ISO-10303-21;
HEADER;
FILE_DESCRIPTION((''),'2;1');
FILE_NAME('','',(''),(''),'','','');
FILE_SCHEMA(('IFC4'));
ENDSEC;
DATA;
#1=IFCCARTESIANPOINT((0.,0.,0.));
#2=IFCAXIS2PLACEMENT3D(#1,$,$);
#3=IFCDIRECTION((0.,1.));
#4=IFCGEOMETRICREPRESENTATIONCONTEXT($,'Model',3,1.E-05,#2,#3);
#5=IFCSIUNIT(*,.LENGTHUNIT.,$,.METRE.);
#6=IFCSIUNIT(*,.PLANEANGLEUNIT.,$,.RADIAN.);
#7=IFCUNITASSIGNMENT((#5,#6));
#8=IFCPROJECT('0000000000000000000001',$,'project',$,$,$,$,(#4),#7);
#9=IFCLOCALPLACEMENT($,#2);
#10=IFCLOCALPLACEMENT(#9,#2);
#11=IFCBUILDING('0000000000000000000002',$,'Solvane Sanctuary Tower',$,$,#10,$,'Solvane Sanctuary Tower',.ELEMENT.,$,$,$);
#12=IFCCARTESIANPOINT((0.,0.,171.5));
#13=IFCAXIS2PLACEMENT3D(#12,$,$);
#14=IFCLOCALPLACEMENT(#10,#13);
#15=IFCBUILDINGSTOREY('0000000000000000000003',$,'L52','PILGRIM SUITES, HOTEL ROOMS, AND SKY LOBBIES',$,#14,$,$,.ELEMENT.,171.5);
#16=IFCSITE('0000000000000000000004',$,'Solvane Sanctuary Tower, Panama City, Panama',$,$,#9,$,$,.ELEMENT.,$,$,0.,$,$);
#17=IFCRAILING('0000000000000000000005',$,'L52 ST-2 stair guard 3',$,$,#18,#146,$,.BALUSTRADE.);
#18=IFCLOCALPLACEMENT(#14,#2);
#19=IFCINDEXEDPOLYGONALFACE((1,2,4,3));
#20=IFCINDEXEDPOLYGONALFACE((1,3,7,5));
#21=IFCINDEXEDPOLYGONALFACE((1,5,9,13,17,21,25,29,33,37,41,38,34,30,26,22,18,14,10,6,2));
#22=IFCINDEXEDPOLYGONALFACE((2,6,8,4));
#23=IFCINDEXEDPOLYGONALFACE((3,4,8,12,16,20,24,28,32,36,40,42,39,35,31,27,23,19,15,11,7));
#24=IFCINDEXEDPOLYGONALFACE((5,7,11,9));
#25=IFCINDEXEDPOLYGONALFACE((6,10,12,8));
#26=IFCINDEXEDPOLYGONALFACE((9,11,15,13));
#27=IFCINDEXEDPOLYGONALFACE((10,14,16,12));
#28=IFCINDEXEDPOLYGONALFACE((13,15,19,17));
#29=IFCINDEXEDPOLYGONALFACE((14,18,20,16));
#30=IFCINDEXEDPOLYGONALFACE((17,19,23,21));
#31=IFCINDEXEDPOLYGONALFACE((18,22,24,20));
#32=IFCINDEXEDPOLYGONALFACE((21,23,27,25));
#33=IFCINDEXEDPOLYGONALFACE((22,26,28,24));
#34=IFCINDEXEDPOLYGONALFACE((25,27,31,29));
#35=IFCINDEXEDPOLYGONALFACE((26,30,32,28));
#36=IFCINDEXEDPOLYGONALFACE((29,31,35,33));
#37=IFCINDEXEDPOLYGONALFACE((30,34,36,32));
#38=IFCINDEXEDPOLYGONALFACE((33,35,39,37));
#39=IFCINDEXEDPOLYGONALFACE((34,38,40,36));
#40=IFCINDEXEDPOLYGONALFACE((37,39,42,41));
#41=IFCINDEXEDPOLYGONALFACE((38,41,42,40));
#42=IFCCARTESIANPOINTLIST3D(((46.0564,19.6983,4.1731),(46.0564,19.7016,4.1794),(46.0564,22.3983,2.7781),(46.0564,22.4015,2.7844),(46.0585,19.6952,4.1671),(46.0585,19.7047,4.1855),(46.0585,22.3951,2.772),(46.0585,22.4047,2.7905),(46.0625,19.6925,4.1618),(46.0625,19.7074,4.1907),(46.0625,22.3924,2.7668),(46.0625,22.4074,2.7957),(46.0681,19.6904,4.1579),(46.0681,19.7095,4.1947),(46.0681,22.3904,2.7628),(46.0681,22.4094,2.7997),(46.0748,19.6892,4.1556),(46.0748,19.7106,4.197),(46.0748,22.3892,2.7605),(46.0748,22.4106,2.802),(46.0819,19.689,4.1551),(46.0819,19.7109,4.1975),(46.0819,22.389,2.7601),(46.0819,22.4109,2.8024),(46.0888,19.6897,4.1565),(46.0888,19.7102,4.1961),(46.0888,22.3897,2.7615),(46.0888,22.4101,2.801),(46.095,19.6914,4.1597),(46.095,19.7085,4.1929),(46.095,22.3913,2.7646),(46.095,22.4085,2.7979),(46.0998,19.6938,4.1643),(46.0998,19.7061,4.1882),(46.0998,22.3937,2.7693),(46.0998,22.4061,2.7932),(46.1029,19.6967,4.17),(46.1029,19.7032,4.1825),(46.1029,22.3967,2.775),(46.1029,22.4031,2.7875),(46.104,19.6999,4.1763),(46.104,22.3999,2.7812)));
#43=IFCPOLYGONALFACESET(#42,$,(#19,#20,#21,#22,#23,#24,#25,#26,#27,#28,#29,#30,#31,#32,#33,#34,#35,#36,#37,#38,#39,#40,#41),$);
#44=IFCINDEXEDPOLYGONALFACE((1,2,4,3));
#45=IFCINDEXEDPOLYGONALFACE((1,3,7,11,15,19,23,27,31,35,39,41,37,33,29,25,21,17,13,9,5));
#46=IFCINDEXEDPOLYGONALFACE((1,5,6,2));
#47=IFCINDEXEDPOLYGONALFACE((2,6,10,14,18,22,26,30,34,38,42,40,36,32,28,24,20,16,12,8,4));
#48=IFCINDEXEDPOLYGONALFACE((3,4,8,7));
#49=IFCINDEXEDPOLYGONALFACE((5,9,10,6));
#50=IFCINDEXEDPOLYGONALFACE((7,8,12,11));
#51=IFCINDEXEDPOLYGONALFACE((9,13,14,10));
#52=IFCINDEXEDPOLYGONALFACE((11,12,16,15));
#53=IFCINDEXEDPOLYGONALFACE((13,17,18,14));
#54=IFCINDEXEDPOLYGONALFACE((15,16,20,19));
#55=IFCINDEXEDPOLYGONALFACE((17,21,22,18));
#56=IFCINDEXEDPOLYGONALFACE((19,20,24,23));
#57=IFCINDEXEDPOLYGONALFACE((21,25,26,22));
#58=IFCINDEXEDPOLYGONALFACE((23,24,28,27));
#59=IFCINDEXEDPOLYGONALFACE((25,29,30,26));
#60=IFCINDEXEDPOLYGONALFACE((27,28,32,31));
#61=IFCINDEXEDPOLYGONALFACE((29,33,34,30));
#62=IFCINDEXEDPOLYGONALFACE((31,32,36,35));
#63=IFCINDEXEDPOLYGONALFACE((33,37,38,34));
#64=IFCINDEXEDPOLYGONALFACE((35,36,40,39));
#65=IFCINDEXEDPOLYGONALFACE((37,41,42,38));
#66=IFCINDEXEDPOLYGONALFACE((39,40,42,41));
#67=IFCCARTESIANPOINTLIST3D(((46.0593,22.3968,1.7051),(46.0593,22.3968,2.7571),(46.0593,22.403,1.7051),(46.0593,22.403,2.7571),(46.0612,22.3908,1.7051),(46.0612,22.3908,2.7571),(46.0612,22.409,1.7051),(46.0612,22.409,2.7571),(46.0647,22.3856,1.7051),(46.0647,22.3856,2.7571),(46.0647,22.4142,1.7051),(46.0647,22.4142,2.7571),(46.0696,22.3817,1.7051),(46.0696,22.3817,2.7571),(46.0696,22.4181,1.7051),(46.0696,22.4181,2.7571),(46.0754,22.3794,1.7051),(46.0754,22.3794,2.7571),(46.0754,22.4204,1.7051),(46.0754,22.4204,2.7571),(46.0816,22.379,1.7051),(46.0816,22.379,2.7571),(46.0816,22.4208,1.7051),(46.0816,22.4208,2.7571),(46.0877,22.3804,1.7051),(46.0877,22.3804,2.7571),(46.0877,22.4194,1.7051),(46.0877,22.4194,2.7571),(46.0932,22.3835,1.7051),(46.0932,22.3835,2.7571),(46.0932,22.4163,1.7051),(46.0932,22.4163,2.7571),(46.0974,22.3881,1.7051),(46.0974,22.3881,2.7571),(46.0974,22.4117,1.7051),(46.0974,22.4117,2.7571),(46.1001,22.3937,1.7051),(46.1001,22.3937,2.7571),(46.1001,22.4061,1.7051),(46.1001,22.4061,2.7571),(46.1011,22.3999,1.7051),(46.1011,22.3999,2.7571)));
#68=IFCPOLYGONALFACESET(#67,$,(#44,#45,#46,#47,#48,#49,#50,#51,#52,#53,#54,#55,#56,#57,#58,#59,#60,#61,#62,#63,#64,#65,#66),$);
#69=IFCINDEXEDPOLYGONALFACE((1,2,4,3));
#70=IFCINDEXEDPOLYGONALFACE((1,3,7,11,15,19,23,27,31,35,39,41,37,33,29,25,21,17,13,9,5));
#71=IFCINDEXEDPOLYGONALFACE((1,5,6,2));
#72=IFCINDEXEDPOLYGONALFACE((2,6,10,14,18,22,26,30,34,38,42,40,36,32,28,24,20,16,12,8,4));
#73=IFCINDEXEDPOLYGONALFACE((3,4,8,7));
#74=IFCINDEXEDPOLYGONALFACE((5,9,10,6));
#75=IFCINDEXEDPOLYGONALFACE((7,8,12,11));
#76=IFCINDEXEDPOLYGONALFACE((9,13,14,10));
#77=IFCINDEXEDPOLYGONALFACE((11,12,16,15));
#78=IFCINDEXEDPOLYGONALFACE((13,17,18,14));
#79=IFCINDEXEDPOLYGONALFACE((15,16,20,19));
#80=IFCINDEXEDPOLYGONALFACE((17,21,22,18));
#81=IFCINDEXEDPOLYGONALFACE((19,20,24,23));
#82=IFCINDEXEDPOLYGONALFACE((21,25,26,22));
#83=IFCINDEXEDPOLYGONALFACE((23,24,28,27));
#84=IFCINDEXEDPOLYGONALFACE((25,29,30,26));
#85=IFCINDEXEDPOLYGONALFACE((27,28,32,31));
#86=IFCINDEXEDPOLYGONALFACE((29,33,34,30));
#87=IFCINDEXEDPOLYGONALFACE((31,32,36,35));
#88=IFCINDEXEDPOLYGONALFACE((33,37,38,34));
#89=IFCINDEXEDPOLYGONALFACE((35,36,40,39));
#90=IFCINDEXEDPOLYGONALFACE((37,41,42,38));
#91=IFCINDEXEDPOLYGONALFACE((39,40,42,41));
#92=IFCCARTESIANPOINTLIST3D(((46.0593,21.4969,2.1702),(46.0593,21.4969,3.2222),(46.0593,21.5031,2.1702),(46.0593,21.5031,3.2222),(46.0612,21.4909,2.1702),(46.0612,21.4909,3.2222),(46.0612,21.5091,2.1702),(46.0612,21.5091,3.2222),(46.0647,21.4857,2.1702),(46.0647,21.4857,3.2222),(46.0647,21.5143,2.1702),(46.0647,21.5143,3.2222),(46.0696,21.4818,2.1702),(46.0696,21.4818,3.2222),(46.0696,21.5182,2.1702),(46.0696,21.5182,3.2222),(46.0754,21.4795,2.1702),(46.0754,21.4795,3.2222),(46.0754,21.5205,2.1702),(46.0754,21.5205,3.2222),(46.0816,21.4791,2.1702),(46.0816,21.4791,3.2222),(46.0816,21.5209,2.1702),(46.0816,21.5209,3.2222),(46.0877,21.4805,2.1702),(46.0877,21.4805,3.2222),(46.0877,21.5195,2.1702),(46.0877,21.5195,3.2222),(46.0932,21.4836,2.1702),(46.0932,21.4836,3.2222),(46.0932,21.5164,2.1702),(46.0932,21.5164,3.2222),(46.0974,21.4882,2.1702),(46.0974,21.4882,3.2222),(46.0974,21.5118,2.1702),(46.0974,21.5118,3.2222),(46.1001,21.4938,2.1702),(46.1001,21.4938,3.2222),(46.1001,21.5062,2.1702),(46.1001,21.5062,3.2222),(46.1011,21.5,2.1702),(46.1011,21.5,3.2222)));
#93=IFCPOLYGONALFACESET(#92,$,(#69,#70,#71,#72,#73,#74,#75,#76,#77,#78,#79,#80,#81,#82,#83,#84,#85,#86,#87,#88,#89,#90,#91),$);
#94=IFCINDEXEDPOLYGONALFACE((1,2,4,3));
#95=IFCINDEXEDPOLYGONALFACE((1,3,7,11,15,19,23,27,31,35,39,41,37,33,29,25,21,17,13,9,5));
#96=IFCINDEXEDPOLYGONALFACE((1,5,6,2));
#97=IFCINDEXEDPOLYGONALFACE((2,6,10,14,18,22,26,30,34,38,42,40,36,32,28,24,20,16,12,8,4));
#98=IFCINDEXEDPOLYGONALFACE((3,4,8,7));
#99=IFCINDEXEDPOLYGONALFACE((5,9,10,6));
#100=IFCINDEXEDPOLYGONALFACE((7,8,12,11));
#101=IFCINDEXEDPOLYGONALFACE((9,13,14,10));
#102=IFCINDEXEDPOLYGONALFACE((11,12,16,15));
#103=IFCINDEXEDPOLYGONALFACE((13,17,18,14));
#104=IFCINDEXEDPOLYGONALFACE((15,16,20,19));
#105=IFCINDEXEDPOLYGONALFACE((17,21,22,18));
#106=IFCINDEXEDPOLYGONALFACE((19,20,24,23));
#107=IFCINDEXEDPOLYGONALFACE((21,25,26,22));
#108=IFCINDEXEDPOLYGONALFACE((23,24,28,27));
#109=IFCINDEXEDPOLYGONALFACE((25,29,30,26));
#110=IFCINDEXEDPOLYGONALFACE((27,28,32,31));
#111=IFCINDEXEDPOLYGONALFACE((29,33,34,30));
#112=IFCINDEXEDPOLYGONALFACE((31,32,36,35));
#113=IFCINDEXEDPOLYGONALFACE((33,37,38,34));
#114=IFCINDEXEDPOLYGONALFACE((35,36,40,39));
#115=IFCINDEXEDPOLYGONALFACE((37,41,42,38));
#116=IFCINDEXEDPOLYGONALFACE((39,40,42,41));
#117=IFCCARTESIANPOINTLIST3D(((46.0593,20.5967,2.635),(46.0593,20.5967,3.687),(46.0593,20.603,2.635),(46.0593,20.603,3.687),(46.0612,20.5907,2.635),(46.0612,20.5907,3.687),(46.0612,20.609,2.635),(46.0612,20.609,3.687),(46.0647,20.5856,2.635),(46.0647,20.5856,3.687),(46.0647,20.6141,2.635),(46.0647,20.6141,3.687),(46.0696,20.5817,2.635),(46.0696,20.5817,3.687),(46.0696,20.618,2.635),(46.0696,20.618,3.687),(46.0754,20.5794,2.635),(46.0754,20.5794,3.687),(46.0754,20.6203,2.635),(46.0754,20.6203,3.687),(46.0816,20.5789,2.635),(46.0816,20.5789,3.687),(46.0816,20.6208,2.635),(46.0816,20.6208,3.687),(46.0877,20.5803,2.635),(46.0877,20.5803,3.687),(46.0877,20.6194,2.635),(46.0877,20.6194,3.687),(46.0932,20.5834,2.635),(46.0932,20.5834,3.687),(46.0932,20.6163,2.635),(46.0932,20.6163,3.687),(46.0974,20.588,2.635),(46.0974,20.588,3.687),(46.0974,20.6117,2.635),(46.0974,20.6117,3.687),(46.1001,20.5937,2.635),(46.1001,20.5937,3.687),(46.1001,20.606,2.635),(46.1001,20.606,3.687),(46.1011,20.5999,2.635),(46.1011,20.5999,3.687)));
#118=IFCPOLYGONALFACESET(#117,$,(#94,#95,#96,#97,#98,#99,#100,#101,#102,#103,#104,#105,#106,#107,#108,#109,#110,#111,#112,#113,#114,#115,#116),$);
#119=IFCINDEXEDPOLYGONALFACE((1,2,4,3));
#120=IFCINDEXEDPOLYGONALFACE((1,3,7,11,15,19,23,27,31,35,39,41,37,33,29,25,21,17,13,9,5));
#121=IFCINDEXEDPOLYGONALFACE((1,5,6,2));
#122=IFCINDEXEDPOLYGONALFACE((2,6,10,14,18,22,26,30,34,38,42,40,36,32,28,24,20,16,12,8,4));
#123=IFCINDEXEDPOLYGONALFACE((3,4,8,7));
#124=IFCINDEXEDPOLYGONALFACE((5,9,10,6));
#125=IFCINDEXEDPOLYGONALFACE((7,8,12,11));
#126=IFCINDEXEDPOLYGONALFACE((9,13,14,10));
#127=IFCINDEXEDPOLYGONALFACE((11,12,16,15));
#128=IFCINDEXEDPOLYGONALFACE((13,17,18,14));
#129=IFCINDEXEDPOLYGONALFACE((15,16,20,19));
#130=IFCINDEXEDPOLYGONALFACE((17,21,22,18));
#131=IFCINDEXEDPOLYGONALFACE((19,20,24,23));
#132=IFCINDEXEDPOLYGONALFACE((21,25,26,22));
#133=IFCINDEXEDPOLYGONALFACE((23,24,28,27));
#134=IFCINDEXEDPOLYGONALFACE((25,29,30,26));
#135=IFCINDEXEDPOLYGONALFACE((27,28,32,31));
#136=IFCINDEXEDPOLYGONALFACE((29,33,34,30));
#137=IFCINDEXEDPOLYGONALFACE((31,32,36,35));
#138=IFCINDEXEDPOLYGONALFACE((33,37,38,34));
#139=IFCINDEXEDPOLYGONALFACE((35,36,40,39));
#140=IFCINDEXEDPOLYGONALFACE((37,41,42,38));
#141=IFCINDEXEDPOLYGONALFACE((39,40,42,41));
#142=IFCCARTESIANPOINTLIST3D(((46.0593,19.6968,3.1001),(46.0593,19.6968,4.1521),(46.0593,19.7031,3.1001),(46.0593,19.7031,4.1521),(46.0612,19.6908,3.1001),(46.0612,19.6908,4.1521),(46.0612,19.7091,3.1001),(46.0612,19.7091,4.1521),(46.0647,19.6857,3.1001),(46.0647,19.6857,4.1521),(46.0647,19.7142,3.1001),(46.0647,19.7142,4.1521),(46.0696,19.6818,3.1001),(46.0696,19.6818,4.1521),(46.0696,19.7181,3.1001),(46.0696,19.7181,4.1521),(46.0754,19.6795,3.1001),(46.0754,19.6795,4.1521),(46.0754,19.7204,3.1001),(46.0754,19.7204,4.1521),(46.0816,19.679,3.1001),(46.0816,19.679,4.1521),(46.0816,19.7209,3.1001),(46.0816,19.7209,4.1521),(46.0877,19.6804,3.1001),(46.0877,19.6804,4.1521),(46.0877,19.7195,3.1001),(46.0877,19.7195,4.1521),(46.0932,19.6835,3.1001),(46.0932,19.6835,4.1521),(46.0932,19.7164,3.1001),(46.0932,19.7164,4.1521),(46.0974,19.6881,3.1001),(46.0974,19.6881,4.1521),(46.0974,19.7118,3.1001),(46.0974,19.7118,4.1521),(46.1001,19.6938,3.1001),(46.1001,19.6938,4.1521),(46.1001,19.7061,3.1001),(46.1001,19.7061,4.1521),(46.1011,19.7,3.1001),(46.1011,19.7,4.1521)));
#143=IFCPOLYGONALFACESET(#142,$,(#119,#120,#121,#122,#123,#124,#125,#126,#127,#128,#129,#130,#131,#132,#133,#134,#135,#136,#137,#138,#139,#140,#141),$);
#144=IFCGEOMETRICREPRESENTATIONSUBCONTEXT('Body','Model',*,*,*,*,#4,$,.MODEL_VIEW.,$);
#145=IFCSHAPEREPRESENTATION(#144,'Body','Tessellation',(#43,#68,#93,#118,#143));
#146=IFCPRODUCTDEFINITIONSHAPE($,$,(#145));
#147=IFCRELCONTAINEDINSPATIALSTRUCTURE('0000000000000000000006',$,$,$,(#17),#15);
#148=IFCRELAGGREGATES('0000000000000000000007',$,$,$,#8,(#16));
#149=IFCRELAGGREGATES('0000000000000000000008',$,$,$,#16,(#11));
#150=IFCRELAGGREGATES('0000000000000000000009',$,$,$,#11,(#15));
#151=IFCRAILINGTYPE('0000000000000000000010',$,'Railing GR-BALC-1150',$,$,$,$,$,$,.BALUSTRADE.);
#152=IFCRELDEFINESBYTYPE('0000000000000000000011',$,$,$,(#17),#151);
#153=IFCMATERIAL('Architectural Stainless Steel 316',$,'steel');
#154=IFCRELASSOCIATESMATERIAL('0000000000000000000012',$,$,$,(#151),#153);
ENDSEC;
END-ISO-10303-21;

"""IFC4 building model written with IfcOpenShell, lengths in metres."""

from ifc_helpers import new_model, si_unit, direction, frame, origin, origin_2d, place, context, subcontext, project, spatial, circle, extrude, material, type_object, element, save


model = new_model("IFC4")

# Units and contexts
model_context = context("Model", 3, precision=1e-05, world=origin(), true_north=direction((0.0, 1.0)))
body_context = subcontext(model_context, "Body", "Model", "MODEL_VIEW")
ifc_project = project(units=[si_unit("LENGTHUNIT", "METRE"), si_unit("PLANEANGLEUNIT", "RADIAN")], contexts=[model_context])

# Site, building, storey
site_placement = place(None, origin())
site = spatial("IfcSite", under=ifc_project, at=site_placement, Name="Solvane Sanctuary Tower, Panama City, Panama", CompositionType="ELEMENT", RefElevation=0.0)
building_placement = place(site_placement, origin())
building = spatial("IfcBuilding", under=site, at=building_placement, Name="Solvane Sanctuary Tower", LongName="Solvane Sanctuary Tower", CompositionType="ELEMENT")
storey_placement = place(building_placement, frame((0.0, 0.0, 171.5)))
storey = spatial("IfcBuildingStorey", under=building, at=storey_placement, Name="L52", Description="PILGRIM SUITES, HOTEL ROOMS, AND SKY LOBBIES", CompositionType="ELEMENT", Elevation=171.5)

# Shared definitions
ifc_material_1 = material(Name="Architectural Stainless Steel 316", Category="steel")

# Railing
railing_type_1 = type_object("IfcRailingType", Name="Railing GR-BALC-1150", PredefinedType="BALUSTRADE", material=ifc_material_1)
railing_1_placement = place(storey_placement, frame((46.0801, 22.3999, 1.7051)))
element("IfcRailing", 1, at=railing_1_placement, inside=storey, type_object=railing_type_1, Name="L52 ST-2 stair guard 3", PredefinedType="BALUSTRADE", context=body_context, shape_type="SweptSolid", body=[
    extrude(circle(Radius=0.0239, at=origin_2d()), frame((0.0, 0.0, 1.0762), z_axis=(0.0, -0.88842, 0.459032), x_axis=(1.0, 0.0, 0.0)), (0.0, 0.0, 1.0), 3.0391),
    extrude(circle(Radius=0.021, at=origin_2d()), origin(), (0.0, 0.0, 1.0), 1.052),
    extrude(circle(Radius=0.021, at=origin_2d()), frame((0.0, -0.8999, 0.4651)), (0.0, 0.0, 1.0), 1.052),
    extrude(circle(Radius=0.021, at=origin_2d()), frame((0.0, -1.8, 0.9299)), (0.0, 0.0, 1.0), 1.052),
    extrude(circle(Radius=0.021, at=origin_2d()), frame((0.0, -2.7, 1.395)), (0.0, 0.0, 1.0), 1.052),
])

save(model, "model.ifc")
